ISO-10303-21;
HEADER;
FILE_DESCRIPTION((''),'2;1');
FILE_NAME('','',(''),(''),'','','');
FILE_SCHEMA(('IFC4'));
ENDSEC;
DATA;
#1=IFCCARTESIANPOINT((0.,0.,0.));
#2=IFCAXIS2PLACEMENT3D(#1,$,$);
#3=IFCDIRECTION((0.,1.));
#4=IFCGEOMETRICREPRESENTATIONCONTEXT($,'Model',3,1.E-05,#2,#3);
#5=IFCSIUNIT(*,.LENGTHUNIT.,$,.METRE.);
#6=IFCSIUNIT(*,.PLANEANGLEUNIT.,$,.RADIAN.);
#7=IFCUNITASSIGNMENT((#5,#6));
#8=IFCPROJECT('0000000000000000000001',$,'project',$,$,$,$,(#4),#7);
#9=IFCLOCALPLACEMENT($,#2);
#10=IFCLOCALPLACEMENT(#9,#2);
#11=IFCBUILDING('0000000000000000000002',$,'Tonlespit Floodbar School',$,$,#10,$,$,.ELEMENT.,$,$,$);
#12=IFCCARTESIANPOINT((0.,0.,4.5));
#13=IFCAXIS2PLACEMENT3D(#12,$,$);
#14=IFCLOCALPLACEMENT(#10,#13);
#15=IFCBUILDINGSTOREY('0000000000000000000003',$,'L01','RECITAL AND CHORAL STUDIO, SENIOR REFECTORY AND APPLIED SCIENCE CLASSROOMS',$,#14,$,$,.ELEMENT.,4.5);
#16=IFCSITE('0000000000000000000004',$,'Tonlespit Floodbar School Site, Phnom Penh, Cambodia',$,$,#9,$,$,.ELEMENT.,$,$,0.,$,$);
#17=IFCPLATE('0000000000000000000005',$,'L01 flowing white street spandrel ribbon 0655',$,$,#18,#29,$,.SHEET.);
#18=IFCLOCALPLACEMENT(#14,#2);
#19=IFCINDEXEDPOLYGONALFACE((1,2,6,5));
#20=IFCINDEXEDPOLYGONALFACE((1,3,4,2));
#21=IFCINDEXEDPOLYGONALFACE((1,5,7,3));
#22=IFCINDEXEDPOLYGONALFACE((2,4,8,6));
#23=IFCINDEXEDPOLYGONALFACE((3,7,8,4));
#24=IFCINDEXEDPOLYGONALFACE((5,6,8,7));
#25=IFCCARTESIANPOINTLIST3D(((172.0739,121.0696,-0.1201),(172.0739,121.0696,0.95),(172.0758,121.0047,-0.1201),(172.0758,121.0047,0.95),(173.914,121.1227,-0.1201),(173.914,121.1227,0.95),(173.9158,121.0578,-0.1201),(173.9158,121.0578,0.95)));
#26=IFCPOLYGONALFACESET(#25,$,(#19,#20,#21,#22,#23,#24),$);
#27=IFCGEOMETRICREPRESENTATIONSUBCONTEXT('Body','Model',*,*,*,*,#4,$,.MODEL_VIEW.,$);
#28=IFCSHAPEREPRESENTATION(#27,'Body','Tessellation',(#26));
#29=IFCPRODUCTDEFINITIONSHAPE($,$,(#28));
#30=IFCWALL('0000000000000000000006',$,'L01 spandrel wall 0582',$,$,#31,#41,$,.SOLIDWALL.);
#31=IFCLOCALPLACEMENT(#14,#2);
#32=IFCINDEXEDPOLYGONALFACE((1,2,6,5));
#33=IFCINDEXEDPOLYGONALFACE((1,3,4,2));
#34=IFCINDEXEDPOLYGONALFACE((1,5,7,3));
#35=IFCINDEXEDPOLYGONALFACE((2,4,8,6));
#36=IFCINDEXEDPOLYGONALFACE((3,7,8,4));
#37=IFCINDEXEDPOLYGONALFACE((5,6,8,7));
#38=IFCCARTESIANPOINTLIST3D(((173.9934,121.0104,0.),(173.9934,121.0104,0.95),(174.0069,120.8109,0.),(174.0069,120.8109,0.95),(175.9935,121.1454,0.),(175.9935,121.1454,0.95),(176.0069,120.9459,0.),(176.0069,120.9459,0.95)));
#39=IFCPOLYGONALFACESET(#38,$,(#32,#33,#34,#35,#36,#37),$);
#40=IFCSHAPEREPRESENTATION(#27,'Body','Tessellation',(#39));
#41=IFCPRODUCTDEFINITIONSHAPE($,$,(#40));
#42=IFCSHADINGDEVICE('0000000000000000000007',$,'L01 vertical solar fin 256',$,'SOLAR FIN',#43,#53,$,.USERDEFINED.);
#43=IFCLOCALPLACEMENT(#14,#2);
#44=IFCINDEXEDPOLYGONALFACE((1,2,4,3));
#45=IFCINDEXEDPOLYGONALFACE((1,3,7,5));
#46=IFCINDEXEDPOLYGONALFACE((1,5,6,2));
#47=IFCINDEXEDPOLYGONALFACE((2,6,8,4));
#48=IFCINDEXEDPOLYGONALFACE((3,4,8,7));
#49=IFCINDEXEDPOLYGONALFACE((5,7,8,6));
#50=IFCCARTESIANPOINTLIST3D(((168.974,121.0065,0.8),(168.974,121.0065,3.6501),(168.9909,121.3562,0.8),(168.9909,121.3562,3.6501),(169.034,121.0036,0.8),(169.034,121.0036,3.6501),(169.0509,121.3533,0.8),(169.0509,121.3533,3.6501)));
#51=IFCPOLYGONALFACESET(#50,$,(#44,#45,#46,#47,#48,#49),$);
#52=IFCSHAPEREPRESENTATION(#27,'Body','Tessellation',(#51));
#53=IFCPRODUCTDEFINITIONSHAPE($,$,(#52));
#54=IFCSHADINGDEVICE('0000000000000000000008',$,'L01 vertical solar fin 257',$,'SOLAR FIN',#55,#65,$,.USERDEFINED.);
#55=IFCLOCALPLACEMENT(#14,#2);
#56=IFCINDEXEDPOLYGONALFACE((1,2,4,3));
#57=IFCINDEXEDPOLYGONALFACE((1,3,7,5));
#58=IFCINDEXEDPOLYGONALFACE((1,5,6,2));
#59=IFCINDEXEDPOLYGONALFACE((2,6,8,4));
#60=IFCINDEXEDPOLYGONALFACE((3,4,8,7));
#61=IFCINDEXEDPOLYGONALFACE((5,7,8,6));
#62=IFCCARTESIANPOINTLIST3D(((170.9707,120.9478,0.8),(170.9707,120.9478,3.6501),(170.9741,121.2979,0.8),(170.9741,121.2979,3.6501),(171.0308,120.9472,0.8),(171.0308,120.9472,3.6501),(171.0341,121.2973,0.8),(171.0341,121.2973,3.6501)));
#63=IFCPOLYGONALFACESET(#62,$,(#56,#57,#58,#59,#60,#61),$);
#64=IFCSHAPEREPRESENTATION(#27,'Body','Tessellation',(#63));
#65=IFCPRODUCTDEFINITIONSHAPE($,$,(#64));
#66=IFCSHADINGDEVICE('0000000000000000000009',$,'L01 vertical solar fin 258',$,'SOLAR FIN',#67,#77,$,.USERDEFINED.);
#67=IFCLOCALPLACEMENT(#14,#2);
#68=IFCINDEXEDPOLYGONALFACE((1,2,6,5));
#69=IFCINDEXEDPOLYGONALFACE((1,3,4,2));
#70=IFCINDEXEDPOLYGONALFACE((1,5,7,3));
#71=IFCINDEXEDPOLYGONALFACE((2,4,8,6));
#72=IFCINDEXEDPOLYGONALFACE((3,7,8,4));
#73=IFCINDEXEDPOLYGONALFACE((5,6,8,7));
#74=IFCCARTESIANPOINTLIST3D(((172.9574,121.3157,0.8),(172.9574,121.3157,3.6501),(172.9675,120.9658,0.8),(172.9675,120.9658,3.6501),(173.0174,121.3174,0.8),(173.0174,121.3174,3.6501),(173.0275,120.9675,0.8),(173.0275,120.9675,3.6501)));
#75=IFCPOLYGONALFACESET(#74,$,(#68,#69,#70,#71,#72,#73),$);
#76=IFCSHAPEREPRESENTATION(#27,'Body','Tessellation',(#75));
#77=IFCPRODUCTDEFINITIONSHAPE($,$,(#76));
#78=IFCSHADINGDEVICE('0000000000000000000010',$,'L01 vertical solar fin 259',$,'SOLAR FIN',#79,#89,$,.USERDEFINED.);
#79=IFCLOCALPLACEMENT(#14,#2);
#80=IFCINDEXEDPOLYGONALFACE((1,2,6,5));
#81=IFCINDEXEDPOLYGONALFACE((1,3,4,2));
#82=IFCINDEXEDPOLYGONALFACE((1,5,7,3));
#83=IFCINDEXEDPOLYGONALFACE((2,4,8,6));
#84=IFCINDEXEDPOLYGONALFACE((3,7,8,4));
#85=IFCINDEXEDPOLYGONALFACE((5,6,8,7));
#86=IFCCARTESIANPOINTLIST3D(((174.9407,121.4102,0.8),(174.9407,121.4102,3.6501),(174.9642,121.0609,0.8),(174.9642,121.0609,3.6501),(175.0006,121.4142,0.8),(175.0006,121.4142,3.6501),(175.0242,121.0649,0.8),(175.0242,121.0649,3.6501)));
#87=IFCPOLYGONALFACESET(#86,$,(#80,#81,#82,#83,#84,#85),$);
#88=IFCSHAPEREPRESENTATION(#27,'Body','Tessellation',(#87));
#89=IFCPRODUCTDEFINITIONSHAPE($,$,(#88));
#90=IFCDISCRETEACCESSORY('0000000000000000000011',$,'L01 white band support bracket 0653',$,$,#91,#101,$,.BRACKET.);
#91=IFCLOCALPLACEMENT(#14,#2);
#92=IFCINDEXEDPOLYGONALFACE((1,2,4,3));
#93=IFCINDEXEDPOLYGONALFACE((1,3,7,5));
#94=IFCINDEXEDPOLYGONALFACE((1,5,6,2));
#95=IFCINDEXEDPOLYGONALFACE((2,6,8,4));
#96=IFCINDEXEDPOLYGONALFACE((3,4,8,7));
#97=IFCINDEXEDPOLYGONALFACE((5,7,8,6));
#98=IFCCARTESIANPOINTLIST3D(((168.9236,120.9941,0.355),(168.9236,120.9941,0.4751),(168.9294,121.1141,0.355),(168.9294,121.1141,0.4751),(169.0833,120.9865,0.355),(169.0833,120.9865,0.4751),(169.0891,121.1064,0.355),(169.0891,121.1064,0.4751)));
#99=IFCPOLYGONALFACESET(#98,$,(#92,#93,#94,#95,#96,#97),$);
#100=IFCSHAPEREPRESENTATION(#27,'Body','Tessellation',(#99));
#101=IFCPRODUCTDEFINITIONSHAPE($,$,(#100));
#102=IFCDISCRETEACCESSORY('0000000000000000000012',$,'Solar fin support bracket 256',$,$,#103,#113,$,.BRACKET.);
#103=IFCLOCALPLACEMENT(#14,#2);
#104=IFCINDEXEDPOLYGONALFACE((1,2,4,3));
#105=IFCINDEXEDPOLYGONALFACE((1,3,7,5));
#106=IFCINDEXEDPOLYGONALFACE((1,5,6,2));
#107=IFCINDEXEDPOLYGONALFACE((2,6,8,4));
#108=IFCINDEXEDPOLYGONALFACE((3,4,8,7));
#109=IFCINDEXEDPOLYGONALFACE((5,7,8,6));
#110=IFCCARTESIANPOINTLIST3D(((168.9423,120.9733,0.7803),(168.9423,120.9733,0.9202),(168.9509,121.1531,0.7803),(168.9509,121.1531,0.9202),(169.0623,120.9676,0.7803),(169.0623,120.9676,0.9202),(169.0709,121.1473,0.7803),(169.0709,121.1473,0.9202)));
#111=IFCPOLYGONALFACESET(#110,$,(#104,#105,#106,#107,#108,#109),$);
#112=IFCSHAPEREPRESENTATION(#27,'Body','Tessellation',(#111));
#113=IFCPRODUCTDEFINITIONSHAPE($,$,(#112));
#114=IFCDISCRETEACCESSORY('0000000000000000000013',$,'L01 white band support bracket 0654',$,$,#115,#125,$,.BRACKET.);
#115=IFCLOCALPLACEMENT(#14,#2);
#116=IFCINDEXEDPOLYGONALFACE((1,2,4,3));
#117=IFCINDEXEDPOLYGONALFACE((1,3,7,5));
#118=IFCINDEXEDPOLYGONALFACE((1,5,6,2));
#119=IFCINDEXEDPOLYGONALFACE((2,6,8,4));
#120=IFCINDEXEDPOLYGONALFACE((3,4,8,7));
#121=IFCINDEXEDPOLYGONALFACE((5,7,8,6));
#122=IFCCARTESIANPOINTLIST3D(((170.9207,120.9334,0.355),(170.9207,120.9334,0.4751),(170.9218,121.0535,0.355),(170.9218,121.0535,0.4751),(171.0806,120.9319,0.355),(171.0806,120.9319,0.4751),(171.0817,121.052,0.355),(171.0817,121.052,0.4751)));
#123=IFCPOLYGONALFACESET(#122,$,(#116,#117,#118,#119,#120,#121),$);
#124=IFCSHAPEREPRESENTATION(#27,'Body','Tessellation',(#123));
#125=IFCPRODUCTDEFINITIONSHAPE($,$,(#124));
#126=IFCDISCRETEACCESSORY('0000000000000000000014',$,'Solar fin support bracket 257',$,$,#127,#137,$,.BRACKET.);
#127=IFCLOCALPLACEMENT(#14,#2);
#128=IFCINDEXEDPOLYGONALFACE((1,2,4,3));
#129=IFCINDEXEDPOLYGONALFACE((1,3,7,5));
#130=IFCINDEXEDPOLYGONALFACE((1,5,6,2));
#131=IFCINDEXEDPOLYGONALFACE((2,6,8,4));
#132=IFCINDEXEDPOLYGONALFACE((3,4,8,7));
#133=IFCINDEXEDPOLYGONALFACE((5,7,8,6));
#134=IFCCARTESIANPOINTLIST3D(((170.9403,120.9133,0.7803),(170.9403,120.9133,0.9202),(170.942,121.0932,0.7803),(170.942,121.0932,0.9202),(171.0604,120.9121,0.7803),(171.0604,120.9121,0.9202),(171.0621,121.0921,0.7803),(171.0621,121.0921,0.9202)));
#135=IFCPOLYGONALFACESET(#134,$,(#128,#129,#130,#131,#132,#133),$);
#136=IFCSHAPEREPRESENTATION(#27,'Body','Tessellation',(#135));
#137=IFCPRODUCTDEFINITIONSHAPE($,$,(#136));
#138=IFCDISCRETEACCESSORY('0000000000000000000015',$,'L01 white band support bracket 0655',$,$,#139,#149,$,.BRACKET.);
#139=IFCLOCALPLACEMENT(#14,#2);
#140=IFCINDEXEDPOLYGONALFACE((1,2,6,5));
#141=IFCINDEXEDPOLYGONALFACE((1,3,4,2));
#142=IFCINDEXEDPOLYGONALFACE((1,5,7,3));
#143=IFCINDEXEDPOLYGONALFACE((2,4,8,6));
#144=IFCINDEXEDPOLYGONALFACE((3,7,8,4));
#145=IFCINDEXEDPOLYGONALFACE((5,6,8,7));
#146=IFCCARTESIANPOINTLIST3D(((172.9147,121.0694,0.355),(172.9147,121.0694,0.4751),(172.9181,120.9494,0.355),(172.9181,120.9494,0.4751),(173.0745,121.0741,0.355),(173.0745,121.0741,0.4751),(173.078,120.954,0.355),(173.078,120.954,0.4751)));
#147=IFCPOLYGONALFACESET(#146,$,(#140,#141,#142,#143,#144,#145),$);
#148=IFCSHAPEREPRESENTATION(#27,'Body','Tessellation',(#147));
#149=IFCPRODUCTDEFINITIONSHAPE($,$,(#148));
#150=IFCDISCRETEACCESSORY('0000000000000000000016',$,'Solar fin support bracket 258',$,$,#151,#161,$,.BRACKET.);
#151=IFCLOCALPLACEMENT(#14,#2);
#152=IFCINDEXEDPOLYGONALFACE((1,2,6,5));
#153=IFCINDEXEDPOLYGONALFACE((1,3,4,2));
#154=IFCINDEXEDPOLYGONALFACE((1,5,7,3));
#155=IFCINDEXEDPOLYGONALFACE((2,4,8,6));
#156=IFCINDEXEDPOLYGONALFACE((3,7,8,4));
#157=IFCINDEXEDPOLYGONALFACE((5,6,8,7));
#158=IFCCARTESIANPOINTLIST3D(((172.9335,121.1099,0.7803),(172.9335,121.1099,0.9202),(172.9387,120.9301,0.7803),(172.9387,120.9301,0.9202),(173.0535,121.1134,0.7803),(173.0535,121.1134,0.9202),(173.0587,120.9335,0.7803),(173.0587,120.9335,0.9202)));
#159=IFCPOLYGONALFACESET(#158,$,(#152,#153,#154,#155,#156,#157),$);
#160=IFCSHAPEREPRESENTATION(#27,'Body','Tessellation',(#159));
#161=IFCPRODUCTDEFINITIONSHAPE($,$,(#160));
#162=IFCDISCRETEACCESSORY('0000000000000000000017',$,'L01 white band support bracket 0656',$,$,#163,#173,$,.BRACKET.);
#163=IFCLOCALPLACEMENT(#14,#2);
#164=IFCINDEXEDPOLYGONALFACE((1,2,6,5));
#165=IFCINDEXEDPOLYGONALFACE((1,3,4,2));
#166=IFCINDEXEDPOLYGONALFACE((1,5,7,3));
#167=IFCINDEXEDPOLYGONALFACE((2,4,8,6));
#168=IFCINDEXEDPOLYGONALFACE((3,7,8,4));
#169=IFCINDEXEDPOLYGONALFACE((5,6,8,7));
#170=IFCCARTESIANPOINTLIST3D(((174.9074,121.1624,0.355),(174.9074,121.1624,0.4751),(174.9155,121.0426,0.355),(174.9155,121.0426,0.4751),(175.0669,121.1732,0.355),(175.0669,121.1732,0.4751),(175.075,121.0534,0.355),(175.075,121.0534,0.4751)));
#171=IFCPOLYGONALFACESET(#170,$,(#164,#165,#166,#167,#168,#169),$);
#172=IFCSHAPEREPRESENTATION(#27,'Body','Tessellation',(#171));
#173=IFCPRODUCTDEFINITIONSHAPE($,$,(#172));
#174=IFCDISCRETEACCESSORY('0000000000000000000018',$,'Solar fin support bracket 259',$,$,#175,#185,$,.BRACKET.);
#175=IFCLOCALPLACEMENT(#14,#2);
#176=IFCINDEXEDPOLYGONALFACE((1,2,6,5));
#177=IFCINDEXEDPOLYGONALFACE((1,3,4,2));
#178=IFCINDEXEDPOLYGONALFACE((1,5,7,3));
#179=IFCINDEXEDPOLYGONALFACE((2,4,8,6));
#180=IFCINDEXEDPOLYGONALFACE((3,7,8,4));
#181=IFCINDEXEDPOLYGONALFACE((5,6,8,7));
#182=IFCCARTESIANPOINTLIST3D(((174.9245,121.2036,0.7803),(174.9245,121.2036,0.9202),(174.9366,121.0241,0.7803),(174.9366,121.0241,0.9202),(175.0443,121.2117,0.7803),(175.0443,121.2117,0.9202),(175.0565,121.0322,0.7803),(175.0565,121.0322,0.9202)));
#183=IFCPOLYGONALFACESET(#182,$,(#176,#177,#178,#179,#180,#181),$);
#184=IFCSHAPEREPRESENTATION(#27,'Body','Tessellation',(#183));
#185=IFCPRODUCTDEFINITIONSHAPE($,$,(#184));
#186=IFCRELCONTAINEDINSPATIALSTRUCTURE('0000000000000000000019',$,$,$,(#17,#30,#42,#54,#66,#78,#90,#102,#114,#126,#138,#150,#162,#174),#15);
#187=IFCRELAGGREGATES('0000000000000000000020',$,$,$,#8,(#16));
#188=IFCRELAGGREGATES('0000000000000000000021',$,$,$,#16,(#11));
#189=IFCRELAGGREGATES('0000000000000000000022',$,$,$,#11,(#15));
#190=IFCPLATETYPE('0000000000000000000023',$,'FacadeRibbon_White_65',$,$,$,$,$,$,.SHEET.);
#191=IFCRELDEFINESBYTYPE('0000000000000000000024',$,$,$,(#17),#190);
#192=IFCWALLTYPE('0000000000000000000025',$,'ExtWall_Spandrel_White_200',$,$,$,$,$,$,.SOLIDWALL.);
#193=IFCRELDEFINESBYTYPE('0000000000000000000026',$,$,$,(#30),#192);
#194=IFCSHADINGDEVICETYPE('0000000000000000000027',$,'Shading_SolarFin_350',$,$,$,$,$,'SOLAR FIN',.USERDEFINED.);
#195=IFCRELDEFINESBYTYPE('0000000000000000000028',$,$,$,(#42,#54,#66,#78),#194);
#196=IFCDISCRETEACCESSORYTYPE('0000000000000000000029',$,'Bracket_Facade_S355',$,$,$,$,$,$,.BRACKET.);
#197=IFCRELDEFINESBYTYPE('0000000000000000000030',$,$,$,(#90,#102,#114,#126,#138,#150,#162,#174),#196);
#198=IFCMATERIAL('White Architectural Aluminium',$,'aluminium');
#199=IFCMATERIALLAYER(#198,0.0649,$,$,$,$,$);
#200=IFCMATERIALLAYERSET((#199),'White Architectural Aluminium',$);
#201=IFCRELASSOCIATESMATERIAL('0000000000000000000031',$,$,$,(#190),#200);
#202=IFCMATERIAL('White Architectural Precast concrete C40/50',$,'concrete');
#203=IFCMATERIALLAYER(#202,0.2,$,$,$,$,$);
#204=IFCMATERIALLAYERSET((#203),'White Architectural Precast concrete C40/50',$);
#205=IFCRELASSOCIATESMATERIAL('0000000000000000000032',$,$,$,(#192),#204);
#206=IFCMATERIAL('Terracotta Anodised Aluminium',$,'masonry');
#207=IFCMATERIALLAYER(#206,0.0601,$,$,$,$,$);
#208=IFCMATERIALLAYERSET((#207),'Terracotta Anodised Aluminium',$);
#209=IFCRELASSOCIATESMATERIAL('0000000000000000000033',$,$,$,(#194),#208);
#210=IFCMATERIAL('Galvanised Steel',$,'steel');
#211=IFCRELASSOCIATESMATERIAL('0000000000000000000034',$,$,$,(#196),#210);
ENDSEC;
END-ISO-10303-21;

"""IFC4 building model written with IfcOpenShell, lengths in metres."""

from ifc_helpers import new_model, si_unit, direction, frame, frame_2d, origin, origin_2d, place, context, subcontext, project, spatial, rectangle, extrude, material, layer, layer_set, type_object, element, save


model = new_model("IFC4")

# Units and contexts
model_context = context("Model", 3, precision=1e-05, world=origin(), true_north=direction((0.0, 1.0)))
body_context = subcontext(model_context, "Body", "Model", "MODEL_VIEW")
ifc_project = project(units=[si_unit("LENGTHUNIT", "METRE"), si_unit("PLANEANGLEUNIT", "RADIAN")], contexts=[model_context])

# Site, building, storey
site_placement = place(None, origin())
site = spatial("IfcSite", under=ifc_project, at=site_placement, Name="Tonlespit Floodbar School Site, Phnom Penh, Cambodia", CompositionType="ELEMENT", RefElevation=0.0)
building_placement = place(site_placement, origin())
building = spatial("IfcBuilding", under=site, at=building_placement, Name="Tonlespit Floodbar School", CompositionType="ELEMENT")
storey_placement = place(building_placement, frame((0.0, 0.0, 4.5)))
storey = spatial("IfcBuildingStorey", under=building, at=storey_placement, Name="L01", Description="RECITAL AND CHORAL STUDIO, SENIOR REFECTORY AND APPLIED SCIENCE CLASSROOMS", CompositionType="ELEMENT", Elevation=4.5)

# Plate
ifc_material_1 = material(Name="White Architectural Aluminium", Category="aluminium")
ifc_layer_1 = layer(ifc_material_1, 0.0649)
ifc_layer_set_1 = layer_set([ifc_layer_1], Name="White Architectural Aluminium")
plate_type_1 = type_object("IfcPlateType", Name="FacadeRibbon_White_65", PredefinedType="SHEET", material=ifc_layer_set_1)
plate_1_placement = place(storey_placement, frame((172.9949, 121.0637, -0.1201), z_axis=(0.0, 0.0, 1.0), x_axis=(0.999584, 0.028838, 0.0)))
element("IfcPlate", 1, at=plate_1_placement, inside=storey, type_object=plate_type_1, Name="L01 flowing white street spandrel ribbon 0655", PredefinedType="SHEET", context=body_context, shape_type="SweptSolid", body=[
    extrude(rectangle(XDim=1.8408, YDim=0.0649, at=origin_2d()), origin(), (0.0, 0.0, 1.0), 1.0701),
])

# Wall
ifc_material_2 = material(Name="White Architectural Precast concrete C40/50", Category="concrete")
ifc_layer_2 = layer(ifc_material_2, 0.2)
ifc_layer_set_2 = layer_set([ifc_layer_2], Name="White Architectural Precast concrete C40/50")
wall_type = type_object("IfcWallType", Name="ExtWall_Spandrel_White_200", PredefinedType="SOLIDWALL", material=ifc_layer_set_2)
wall_placement = place(storey_placement, frame((174.0, 120.9106, 0.0), z_axis=(0.0, 0.0, 1.0), x_axis=(0.997729, 0.067352, 0.0)))
element("IfcWall", 2, at=wall_placement, inside=storey, type_object=wall_type, Name="L01 spandrel wall 0582", PredefinedType="SOLIDWALL", context=body_context, shape_type="SweptSolid", body=[
    extrude(rectangle(XDim=2.0046, YDim=0.2, at=frame_2d((1.0024, 0.0))), origin(), (0.0, 0.0, 1.0), 0.95),
])

# Shared definitions
ifc_material_3 = material(Name="Galvanised Steel", Category="steel")

# Shading devices
ifc_material_4 = material(Name="Terracotta Anodised Aluminium", Category="masonry")
ifc_layer_3 = layer(ifc_material_4, 0.0601)
ifc_layer_set_3 = layer_set([ifc_layer_3], Name="Terracotta Anodised Aluminium")
shading_device_type = type_object("IfcShadingDeviceType", Name="Shading_SolarFin_350", ElementType="SOLAR FIN", PredefinedType="USERDEFINED", material=ifc_layer_set_3)
for number, where, z_axis, x_axis, name in (
    (3, (169.0125, 121.1799, 0.8), (0.0, 0.0, 1.0), (0.998843, -0.048095, 0.0), "L01 vertical solar fin 256"),
    (4, (171.0024, 121.1226, 0.8), (0.0, 0.0, 1.0), (0.999954, -0.009599, 0.0), "L01 vertical solar fin 257"),
    (5, (172.9924, 121.1416, 0.8), (0.0, 0.0, 1.0), (0.999584, 0.028838, 0.0), "L01 vertical solar fin 258"),
    (6, (174.9824, 121.2375, 0.8), (0.0, 0.0, 1.0), (0.99773, 0.067347, 0.0), "L01 vertical solar fin 259"),
):
    element("IfcShadingDevice", number, at=place(storey_placement, frame(where, z_axis=z_axis, x_axis=x_axis)), inside=storey, type_object=shading_device_type, Name=name, ObjectType="SOLAR FIN", PredefinedType="USERDEFINED", context=body_context, shape_type="SweptSolid", body=[
        extrude(rectangle(XDim=0.0601, YDim=0.3501, at=origin_2d()), origin(), (0.0, 0.0, 1.0), 2.8501),
    ])

# Discrete accessories
discrete_accessory_type = type_object("IfcDiscreteAccessoryType", Name="Bracket_Facade_S355", PredefinedType="BRACKET", material=ifc_material_3)
discrete_accessory_1_placement = place(storey_placement, frame((169.0063, 121.0503, 0.355), z_axis=(0.0, 0.0, 1.0), x_axis=(0.998843, -0.048095, 0.0)))
element("IfcDiscreteAccessory", 7, at=discrete_accessory_1_placement, inside=storey, type_object=discrete_accessory_type, Name="L01 white band support bracket 0653", PredefinedType="BRACKET", context=body_context, shape_type="SweptSolid", body=[
    extrude(rectangle(XDim=0.1599, YDim=0.1201, at=origin_2d()), origin(), (0.0, 0.0, 1.0), 0.1201),
])
discrete_accessory_2_placement = place(storey_placement, frame((169.0066, 121.0603, 0.7803), z_axis=(0.0, 0.0, 1.0), x_axis=(0.998843, -0.048095, 0.0)))
element("IfcDiscreteAccessory", 8, at=discrete_accessory_2_placement, inside=storey, type_object=discrete_accessory_type, Name="Solar fin support bracket 256", PredefinedType="BRACKET", context=body_context, shape_type="SweptSolid", body=[
    extrude(rectangle(XDim=0.1201, YDim=0.1799, at=origin_2d()), origin(), (0.0, 0.0, 1.0), 0.1399),
])
discrete_accessory_3_placement = place(storey_placement, frame((171.0012, 120.9927, 0.355), z_axis=(0.0, 0.0, 1.0), x_axis=(0.999954, -0.009599, 0.0)))
element("IfcDiscreteAccessory", 9, at=discrete_accessory_3_placement, inside=storey, type_object=discrete_accessory_type, Name="L01 white band support bracket 0654", PredefinedType="BRACKET", context=body_context, shape_type="SweptSolid", body=[
    extrude(rectangle(XDim=0.1599, YDim=0.1201, at=origin_2d()), origin(), (0.0, 0.0, 1.0), 0.1201),
])
discrete_accessory_4_placement = place(storey_placement, frame((171.0012, 121.0027, 0.7803), z_axis=(0.0, 0.0, 1.0), x_axis=(0.999954, -0.009599, 0.0)))
element("IfcDiscreteAccessory", 10, at=discrete_accessory_4_placement, inside=storey, type_object=discrete_accessory_type, Name="Solar fin support bracket 257", PredefinedType="BRACKET", context=body_context, shape_type="SweptSolid", body=[
    extrude(rectangle(XDim=0.1201, YDim=0.1799, at=origin_2d()), origin(), (0.0, 0.0, 1.0), 0.1399),
])
discrete_accessory_5_placement = place(storey_placement, frame((172.9963, 121.0117, 0.355), z_axis=(0.0, 0.0, 1.0), x_axis=(0.999584, 0.028838, 0.0)))
element("IfcDiscreteAccessory", 11, at=discrete_accessory_5_placement, inside=storey, type_object=discrete_accessory_type, Name="L01 white band support bracket 0655", PredefinedType="BRACKET", context=body_context, shape_type="SweptSolid", body=[
    extrude(rectangle(XDim=0.1599, YDim=0.1201, at=origin_2d()), origin(), (0.0, 0.0, 1.0), 0.1201),
])
discrete_accessory_6_placement = place(storey_placement, frame((172.9961, 121.0217, 0.7803), z_axis=(0.0, 0.0, 1.0), x_axis=(0.999584, 0.028838, 0.0)))
element("IfcDiscreteAccessory", 12, at=discrete_accessory_6_placement, inside=storey, type_object=discrete_accessory_type, Name="Solar fin support bracket 258", PredefinedType="BRACKET", context=body_context, shape_type="SweptSolid", body=[
    extrude(rectangle(XDim=0.1201, YDim=0.1799, at=origin_2d()), origin(), (0.0, 0.0, 1.0), 0.1399),
])
discrete_accessory_7_placement = place(storey_placement, frame((174.9912, 121.1079, 0.355), z_axis=(0.0, 0.0, 1.0), x_axis=(0.99773, 0.067347, 0.0)))
element("IfcDiscreteAccessory", 13, at=discrete_accessory_7_placement, inside=storey, type_object=discrete_accessory_type, Name="L01 white band support bracket 0656", PredefinedType="BRACKET", context=body_context, shape_type="SweptSolid", body=[
    extrude(rectangle(XDim=0.1599, YDim=0.1201, at=origin_2d()), origin(), (0.0, 0.0, 1.0), 0.1201),
])
discrete_accessory_8_placement = place(storey_placement, frame((174.9905, 121.1179, 0.7803), z_axis=(0.0, 0.0, 1.0), x_axis=(0.99773, 0.067347, 0.0)))
element("IfcDiscreteAccessory", 14, at=discrete_accessory_8_placement, inside=storey, type_object=discrete_accessory_type, Name="Solar fin support bracket 259", PredefinedType="BRACKET", context=body_context, shape_type="SweptSolid", body=[
    extrude(rectangle(XDim=0.1201, YDim=0.1799, at=origin_2d()), origin(), (0.0, 0.0, 1.0), 0.1399),
])

save(model, "model.ifc")
